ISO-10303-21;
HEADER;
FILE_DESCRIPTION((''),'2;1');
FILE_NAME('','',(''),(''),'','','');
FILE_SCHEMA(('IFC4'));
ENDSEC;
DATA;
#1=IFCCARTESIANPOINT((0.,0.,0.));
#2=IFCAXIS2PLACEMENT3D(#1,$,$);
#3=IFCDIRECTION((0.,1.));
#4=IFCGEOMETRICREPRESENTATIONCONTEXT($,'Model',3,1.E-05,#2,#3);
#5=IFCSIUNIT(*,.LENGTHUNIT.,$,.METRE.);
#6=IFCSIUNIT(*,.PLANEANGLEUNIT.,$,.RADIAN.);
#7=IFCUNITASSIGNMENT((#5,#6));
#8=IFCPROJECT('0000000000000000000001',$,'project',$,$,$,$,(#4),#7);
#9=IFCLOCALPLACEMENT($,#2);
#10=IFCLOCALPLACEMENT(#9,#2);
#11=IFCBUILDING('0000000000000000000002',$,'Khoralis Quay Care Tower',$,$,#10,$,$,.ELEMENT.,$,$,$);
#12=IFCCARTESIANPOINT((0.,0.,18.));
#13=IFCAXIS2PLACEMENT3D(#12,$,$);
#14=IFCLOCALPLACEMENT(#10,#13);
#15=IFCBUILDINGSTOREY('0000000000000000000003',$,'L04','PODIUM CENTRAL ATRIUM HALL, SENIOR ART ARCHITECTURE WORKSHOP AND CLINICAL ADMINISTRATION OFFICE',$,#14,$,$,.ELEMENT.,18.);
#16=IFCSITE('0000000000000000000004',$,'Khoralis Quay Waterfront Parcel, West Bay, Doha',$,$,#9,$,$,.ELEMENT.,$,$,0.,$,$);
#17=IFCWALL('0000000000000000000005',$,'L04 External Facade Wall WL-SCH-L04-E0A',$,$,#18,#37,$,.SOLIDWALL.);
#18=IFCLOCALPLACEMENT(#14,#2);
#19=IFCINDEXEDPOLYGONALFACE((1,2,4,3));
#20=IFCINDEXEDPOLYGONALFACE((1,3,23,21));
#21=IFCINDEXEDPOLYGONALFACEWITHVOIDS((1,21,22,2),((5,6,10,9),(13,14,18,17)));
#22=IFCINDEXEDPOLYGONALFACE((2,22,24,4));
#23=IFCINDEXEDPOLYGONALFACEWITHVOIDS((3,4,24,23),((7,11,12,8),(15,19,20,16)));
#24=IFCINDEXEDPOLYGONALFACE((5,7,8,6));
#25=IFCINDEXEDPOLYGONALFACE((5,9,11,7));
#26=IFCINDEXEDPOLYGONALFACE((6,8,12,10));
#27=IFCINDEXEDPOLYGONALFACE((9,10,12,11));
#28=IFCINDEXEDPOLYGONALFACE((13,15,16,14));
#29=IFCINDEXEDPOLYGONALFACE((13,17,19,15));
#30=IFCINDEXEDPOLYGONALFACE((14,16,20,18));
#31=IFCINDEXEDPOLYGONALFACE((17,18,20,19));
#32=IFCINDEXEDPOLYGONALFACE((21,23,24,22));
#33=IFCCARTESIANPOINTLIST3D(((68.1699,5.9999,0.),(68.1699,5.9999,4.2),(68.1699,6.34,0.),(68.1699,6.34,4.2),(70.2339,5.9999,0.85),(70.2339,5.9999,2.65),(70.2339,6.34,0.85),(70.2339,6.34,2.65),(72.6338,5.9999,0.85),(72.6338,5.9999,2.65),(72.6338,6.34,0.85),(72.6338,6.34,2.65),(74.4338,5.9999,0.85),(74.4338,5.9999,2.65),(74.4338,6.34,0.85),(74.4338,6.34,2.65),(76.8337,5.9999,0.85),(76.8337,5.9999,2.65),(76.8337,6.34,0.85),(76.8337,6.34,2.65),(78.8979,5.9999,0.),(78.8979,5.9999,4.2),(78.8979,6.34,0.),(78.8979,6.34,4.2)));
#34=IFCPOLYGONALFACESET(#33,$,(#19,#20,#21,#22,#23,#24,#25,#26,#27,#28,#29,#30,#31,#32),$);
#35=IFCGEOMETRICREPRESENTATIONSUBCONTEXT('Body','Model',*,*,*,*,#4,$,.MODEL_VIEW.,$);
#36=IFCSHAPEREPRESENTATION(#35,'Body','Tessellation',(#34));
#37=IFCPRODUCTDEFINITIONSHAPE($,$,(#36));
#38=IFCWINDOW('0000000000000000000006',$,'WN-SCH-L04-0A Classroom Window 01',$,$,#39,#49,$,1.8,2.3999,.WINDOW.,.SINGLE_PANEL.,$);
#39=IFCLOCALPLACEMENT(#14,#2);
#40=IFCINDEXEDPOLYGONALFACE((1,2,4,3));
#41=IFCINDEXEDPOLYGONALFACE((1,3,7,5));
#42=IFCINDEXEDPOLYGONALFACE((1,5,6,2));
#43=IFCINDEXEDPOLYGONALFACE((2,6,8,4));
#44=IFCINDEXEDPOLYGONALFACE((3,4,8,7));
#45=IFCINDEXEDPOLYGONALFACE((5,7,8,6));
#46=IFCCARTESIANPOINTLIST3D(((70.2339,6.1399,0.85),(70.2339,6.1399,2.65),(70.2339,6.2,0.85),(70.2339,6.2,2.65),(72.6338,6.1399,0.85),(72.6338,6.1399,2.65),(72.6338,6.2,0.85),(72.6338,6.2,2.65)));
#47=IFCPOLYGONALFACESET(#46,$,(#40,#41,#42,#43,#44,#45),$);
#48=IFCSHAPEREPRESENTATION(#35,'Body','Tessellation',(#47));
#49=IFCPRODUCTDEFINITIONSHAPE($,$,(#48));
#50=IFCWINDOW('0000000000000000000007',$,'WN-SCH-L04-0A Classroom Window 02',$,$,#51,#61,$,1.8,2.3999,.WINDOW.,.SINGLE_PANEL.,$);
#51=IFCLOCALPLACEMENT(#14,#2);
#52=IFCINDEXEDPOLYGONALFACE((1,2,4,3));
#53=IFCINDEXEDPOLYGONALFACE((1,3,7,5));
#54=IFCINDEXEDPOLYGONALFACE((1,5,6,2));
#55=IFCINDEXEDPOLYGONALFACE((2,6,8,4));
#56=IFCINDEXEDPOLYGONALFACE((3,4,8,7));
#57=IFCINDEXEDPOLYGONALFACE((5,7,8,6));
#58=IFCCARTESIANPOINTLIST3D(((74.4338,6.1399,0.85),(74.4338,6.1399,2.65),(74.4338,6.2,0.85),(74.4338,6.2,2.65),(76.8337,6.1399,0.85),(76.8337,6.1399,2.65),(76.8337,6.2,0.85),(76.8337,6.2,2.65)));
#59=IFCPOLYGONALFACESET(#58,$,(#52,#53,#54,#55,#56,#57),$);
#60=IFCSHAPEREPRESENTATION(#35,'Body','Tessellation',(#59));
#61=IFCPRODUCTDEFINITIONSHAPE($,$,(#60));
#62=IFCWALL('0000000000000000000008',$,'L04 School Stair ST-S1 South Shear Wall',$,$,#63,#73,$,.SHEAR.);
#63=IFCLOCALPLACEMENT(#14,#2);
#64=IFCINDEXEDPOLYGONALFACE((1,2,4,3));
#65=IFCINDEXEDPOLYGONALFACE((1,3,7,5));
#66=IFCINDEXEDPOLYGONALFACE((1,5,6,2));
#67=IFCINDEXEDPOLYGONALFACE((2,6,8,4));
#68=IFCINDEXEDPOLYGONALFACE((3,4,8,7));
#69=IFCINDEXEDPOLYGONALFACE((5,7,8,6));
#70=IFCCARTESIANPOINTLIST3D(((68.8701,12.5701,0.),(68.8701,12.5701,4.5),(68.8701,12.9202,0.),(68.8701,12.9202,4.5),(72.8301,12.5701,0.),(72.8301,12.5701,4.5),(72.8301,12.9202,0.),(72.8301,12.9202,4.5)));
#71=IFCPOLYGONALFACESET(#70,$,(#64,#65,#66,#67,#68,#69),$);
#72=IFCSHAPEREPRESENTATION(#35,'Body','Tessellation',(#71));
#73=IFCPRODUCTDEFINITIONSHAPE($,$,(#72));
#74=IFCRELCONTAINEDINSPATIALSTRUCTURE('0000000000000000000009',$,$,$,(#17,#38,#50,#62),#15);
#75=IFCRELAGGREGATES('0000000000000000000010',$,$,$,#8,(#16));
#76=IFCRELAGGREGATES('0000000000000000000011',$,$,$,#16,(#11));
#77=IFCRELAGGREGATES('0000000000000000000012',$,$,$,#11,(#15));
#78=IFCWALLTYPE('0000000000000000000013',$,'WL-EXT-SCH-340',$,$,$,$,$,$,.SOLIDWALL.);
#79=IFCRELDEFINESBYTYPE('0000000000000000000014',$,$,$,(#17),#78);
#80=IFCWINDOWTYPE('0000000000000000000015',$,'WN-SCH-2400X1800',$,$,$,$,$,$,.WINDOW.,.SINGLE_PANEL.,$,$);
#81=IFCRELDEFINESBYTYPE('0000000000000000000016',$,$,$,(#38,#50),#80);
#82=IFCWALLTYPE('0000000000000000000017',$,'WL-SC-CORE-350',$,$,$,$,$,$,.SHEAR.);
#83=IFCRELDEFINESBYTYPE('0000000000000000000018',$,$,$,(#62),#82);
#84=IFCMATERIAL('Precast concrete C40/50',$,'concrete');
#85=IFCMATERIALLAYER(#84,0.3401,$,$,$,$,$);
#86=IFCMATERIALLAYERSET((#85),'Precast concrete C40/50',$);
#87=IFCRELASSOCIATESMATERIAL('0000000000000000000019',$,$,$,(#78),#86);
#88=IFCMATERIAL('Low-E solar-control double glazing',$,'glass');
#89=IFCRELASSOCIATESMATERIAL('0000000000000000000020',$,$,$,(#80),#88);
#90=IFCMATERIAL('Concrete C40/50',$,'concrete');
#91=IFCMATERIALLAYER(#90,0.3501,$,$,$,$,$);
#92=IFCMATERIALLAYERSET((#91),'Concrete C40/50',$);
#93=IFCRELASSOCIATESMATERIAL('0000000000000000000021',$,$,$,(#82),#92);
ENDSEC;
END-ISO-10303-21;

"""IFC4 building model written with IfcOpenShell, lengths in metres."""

from ifc_helpers import new_model, si_unit, direction, frame, frame_2d, origin, place, context, subcontext, project, spatial, rectangle, extrude, source, transform, mapped, material, layer, layer_set, type_object, element, fill, save


model = new_model("IFC4")

# Units and contexts
model_context = context("Model", 3, precision=1e-05, world=origin(), true_north=direction((0.0, 1.0)))
body_context = subcontext(model_context, "Body", "Model", "MODEL_VIEW")
ifc_project = project(units=[si_unit("LENGTHUNIT", "METRE"), si_unit("PLANEANGLEUNIT", "RADIAN")], contexts=[model_context])

# Site, building, storey
site_placement = place(None, origin())
site = spatial("IfcSite", under=ifc_project, at=site_placement, Name="Khoralis Quay Waterfront Parcel, West Bay, Doha", CompositionType="ELEMENT", RefElevation=0.0)
building_placement = place(site_placement, origin())
building = spatial("IfcBuilding", under=site, at=building_placement, Name="Khoralis Quay Care Tower", CompositionType="ELEMENT")
storey_placement = place(building_placement, frame((0.0, 0.0, 18.0)))
storey = spatial("IfcBuildingStorey", under=building, at=storey_placement, Name="L04", Description="PODIUM CENTRAL ATRIUM HALL, SENIOR ART ARCHITECTURE WORKSHOP AND CLINICAL ADMINISTRATION OFFICE", CompositionType="ELEMENT", Elevation=18.0)

# Shared definitions
ifc_material_1 = material(Name="Concrete C40/50", Category="concrete")

# Wall, openings, windows
ifc_material_2 = material(Name="Low-E solar-control double glazing", Category="glass")
ifc_material_3 = material(Name="Precast concrete C40/50", Category="concrete")
ifc_layer_1 = layer(ifc_material_3, 0.3401)
ifc_layer_set_1 = layer_set([ifc_layer_1], Name="Precast concrete C40/50")
wall_type_1 = type_object("IfcWallType", Name="WL-EXT-SCH-340", PredefinedType="SOLIDWALL", material=ifc_layer_set_1)
wall_1_placement = place(storey_placement, frame((68.1699, 6.1699, 0.0), z_axis=(0.0, 0.0, 1.0), x_axis=(1.0, 0.0, 0.0)))
wall_1 = element("IfcWall", 1, at=wall_1_placement, inside=storey, type_object=wall_type_1, Name="L04 External Facade Wall WL-SCH-L04-E0A", PredefinedType="SOLIDWALL", context=body_context, shape_type="SweptSolid", body=[
    extrude(rectangle(XDim=10.728, YDim=0.3401, at=frame_2d((5.364, 0.0))), origin(), (0.0, 0.0, 1.0), 4.2),
])
opening_1_placement = place(wall_1_placement, frame((2.064, 0.0, 0.8501)))
opening_1 = element("IfcOpeningElement", 2, at=opening_1_placement, cuts=wall_1, PredefinedType="OPENING", context=body_context, shape_type="SweptSolid", body=[
    extrude(rectangle(XDim=2.3999, YDim=1.8, at=frame_2d((1.2, 0.8999))), frame((0.0, 0.1802, 0.0), z_axis=(0.0, -1.0, 0.0), x_axis=(1.0, 0.0, 0.0)), (0.0, 0.0, 1.0), 0.3601),
])
opening_2_placement = place(wall_1_placement, frame((6.2639, 0.0, 0.8501)))
opening_2 = element("IfcOpeningElement", 3, at=opening_2_placement, cuts=wall_1, PredefinedType="OPENING", context=body_context, shape_type="SweptSolid", body=[
    extrude(rectangle(XDim=2.3999, YDim=1.8, at=frame_2d((1.2, 0.8999))), frame((0.0, 0.1802, 0.0), z_axis=(0.0, -1.0, 0.0), x_axis=(1.0, 0.0, 0.0)), (0.0, 0.0, 1.0), 0.3601),
])
window_type_1 = type_object("IfcWindowType", Name="WN-SCH-2400X1800", PartitioningType="SINGLE_PANEL", PredefinedType="WINDOW", material=ifc_material_2)
shared_shape_1 = source(origin(), body_context, "Body", "SweptSolid", [
    extrude(rectangle(XDim=2.3999, YDim=1.8, at=frame_2d((1.2, 0.8999))), frame((0.0, 0.03, 0.0), z_axis=(0.0, -1.0, 0.0), x_axis=(1.0, 0.0, 0.0)), (0.0, 0.0, 1.0), 0.0601),
])
window_1_placement = place(opening_1_placement, origin())
window_1 = element("IfcWindow", 4, at=window_1_placement, inside=storey, type_object=window_type_1, Name="WN-SCH-L04-0A Classroom Window 01", OverallHeight=1.8, OverallWidth=2.3999, PartitioningType="SINGLE_PANEL", PredefinedType="WINDOW", context=body_context, shape_type="MappedRepresentation", body=[
    mapped(shared_shape_1, transform((0.0, 0.0, 0.0), scale=1.0)),
])
fill(opening_1, window_1)
window_2_placement = place(opening_2_placement, origin())
window_2 = element("IfcWindow", 5, at=window_2_placement, inside=storey, type_object=window_type_1, Name="WN-SCH-L04-0A Classroom Window 02", OverallHeight=1.8, OverallWidth=2.3999, PartitioningType="SINGLE_PANEL", PredefinedType="WINDOW", context=body_context, shape_type="MappedRepresentation", body=[
    mapped(shared_shape_1, transform((0.0, 0.0, 0.0), scale=1.0)),
])
fill(opening_2, window_2)

# Wall
ifc_layer_2 = layer(ifc_material_1, 0.3501)
ifc_layer_set_2 = layer_set([ifc_layer_2], Name="Concrete C40/50")
wall_type_2 = type_object("IfcWallType", Name="WL-SC-CORE-350", PredefinedType="SHEAR", material=ifc_layer_set_2)
wall_2_placement = place(storey_placement, frame((68.8701, 12.7451, 0.0), z_axis=(0.0, 0.0, 1.0), x_axis=(1.0, 0.0, 0.0)))
element("IfcWall", 6, at=wall_2_placement, inside=storey, type_object=wall_type_2, Name="L04 School Stair ST-S1 South Shear Wall", PredefinedType="SHEAR", context=body_context, shape_type="SweptSolid", body=[
    extrude(rectangle(XDim=3.96, YDim=0.3501, at=frame_2d((1.98, 0.0))), origin(), (0.0, 0.0, 1.0), 4.5),
])

save(model, "model.ifc")
